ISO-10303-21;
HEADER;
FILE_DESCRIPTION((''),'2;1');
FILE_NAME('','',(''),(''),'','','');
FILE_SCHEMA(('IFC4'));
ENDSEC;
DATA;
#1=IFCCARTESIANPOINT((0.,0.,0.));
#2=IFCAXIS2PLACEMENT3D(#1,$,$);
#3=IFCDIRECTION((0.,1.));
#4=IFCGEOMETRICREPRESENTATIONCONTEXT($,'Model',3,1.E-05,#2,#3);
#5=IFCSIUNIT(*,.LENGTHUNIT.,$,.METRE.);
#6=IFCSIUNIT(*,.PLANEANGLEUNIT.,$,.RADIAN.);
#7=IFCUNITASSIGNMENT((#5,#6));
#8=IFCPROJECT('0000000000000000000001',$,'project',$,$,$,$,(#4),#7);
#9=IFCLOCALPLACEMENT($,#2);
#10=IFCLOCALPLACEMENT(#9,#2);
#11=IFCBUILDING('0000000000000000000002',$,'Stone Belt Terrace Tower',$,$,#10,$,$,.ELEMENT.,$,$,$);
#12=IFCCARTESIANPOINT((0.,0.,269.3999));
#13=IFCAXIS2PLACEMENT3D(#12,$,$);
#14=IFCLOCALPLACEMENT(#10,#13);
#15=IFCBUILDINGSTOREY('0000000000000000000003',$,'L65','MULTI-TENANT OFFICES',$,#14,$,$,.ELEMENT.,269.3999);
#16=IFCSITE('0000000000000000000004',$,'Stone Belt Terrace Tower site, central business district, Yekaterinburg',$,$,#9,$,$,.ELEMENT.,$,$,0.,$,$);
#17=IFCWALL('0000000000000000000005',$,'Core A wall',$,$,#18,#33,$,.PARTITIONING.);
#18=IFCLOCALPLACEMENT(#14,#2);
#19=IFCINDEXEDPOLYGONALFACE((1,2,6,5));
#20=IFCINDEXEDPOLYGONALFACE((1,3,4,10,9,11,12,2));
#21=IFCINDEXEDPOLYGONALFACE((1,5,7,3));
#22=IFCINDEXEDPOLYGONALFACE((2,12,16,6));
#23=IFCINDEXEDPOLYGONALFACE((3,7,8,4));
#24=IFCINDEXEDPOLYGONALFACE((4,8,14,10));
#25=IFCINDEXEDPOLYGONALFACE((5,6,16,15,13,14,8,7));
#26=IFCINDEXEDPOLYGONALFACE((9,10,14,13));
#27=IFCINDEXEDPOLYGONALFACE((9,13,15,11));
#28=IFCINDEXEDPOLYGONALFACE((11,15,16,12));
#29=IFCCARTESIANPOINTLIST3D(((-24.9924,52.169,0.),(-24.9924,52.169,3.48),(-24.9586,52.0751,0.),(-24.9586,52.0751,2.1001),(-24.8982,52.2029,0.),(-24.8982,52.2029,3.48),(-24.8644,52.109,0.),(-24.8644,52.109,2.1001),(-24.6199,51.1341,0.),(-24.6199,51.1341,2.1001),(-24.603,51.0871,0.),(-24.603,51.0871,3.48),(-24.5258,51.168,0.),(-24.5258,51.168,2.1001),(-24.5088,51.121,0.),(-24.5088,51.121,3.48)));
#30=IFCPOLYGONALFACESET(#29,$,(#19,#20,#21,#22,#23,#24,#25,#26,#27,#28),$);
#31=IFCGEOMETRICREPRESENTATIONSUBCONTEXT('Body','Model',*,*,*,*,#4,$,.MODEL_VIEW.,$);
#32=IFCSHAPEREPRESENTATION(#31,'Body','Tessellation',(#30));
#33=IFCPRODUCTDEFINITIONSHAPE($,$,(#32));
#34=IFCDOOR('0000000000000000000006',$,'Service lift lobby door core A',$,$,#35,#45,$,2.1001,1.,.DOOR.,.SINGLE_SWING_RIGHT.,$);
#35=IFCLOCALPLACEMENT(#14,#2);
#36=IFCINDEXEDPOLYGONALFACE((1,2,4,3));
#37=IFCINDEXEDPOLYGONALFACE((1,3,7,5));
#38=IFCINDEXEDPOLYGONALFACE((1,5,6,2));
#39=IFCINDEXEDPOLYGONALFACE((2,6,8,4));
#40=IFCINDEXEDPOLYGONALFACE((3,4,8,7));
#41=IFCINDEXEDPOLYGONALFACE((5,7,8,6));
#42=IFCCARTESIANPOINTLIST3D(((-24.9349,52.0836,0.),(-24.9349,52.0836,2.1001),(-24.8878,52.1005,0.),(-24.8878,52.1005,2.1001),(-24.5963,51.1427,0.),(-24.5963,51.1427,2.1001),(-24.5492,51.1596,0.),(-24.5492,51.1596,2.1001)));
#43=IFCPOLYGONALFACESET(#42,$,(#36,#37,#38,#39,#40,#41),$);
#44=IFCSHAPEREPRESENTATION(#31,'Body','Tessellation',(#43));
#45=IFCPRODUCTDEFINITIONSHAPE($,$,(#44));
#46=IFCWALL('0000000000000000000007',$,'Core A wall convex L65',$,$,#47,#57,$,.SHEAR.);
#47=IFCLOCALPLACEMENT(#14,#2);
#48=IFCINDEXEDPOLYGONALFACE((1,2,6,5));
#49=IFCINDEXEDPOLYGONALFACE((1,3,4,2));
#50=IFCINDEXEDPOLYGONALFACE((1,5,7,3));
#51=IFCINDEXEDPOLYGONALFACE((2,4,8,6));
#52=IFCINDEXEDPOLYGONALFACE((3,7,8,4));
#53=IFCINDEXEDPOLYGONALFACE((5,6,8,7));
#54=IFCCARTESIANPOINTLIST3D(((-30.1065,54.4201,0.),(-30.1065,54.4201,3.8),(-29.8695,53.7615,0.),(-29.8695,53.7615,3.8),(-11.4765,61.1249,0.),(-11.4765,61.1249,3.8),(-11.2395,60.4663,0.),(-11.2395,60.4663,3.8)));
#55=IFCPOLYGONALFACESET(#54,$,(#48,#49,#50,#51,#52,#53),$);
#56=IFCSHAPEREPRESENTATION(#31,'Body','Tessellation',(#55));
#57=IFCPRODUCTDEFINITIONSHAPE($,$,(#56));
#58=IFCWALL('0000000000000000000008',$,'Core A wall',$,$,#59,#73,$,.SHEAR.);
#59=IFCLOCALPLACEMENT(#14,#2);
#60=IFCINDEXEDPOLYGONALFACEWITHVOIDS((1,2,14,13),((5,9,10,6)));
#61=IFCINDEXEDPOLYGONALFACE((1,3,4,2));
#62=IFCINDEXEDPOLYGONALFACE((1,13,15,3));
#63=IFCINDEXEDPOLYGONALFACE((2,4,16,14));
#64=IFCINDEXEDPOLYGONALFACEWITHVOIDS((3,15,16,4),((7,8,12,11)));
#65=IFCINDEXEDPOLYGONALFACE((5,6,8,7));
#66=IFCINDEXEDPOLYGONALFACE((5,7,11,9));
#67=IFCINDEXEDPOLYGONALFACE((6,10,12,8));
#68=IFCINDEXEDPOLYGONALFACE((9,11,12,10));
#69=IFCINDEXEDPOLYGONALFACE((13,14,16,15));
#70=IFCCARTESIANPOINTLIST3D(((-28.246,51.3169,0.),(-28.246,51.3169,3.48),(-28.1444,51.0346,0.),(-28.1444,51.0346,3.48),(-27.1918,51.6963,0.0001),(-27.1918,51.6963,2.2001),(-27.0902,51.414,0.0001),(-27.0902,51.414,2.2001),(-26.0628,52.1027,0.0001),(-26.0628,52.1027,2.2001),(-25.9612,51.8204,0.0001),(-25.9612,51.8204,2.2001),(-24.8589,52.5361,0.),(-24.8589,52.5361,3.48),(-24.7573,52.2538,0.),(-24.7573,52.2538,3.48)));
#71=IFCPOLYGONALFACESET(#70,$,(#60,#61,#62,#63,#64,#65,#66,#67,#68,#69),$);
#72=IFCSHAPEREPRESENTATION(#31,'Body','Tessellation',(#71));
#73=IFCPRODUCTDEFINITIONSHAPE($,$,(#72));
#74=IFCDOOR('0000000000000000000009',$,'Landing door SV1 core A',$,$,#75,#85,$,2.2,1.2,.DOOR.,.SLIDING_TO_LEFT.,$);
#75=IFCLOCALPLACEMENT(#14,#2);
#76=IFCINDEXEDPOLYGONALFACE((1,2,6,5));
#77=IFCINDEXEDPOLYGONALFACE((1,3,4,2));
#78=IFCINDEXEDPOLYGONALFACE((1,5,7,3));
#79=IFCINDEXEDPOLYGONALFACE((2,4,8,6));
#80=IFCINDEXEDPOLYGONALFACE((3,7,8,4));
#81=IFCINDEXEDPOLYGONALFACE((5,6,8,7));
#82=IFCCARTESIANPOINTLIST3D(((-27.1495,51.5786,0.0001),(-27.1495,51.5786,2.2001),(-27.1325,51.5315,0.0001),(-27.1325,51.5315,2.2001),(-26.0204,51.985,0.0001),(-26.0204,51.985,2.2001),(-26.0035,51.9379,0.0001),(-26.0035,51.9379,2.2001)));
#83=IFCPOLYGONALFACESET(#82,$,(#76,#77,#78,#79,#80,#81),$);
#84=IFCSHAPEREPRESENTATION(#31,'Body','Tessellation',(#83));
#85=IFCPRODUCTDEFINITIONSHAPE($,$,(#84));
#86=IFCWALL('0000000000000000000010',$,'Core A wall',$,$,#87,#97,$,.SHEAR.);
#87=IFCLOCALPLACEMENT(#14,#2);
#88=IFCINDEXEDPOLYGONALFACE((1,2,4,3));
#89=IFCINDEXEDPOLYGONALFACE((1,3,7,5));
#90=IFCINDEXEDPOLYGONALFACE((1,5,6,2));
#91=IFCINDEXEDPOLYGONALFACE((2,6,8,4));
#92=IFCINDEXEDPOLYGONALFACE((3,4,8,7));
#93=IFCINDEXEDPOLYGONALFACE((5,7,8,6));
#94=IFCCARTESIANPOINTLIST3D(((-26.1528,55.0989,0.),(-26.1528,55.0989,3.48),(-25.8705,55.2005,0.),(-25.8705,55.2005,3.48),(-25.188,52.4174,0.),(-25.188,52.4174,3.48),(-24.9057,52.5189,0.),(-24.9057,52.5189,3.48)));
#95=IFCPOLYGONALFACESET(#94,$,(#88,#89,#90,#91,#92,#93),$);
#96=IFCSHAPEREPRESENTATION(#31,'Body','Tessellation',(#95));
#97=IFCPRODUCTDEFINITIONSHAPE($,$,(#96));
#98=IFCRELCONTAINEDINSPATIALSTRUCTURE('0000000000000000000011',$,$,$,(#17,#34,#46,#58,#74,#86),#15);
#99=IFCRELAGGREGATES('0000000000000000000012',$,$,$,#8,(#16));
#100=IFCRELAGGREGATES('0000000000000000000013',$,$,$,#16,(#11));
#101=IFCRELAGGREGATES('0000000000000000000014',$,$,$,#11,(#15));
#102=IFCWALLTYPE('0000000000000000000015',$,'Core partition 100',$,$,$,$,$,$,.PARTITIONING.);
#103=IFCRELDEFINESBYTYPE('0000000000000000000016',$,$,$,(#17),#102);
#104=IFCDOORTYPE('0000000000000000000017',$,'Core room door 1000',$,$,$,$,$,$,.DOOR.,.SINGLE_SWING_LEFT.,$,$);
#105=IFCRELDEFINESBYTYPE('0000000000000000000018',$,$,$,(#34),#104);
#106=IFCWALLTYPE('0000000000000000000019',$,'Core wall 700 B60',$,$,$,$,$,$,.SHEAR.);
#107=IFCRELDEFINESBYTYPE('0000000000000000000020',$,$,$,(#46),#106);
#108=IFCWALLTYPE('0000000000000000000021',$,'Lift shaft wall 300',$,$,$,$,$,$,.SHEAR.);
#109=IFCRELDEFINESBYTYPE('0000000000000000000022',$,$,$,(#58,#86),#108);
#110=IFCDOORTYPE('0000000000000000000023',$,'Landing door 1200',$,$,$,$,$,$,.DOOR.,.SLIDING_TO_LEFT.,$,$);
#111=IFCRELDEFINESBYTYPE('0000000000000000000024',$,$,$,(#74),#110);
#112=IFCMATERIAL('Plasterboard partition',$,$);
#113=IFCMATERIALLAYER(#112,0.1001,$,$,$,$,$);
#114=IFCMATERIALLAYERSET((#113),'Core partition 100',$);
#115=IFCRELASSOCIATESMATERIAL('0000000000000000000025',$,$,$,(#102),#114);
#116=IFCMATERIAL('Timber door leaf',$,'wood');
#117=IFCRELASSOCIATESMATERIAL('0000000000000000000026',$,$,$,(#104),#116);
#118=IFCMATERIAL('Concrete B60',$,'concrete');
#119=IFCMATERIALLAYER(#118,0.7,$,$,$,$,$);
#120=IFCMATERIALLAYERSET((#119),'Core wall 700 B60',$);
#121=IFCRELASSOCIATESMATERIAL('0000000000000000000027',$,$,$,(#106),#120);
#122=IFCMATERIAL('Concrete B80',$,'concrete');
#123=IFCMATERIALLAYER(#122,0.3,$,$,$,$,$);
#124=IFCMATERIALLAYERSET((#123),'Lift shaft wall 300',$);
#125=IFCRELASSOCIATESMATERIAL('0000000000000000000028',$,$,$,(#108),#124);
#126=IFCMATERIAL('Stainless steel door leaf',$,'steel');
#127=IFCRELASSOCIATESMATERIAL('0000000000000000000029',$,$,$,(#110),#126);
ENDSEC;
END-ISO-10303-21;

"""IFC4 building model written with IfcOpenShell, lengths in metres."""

from ifc_helpers import new_model, si_unit, direction, frame, frame_2d, origin, place, context, subcontext, project, spatial, rectangle, extrude, material, layer, layer_set, type_object, element, fill, save


model = new_model("IFC4")

# Units and contexts
model_context = context("Model", 3, precision=1e-05, world=origin(), true_north=direction((0.0, 1.0)))
body_context = subcontext(model_context, "Body", "Model", "MODEL_VIEW")
ifc_project = project(units=[si_unit("LENGTHUNIT", "METRE"), si_unit("PLANEANGLEUNIT", "RADIAN")], contexts=[model_context])

# Site, building, storey
site_placement = place(None, origin())
site = spatial("IfcSite", under=ifc_project, at=site_placement, Name="Stone Belt Terrace Tower site, central business district, Yekaterinburg", CompositionType="ELEMENT", RefElevation=0.0)
building_placement = place(site_placement, origin())
building = spatial("IfcBuilding", under=site, at=building_placement, Name="Stone Belt Terrace Tower", CompositionType="ELEMENT")
storey_placement = place(building_placement, frame((0.0, 0.0, 269.3999)))
storey = spatial("IfcBuildingStorey", under=building, at=storey_placement, Name="L65", Description="MULTI-TENANT OFFICES", CompositionType="ELEMENT", Elevation=269.3999)

# Shared definitions
ifc_material_1 = material(Name="Concrete B60", Category="concrete")

# Wall, opening, door
ifc_material_2 = material(Name="Plasterboard partition")
ifc_layer_1 = layer(ifc_material_2, 0.1001)
ifc_layer_set_1 = layer_set([ifc_layer_1], Name="Core partition 100")
wall_type_1 = type_object("IfcWallType", Name="Core partition 100", PredefinedType="PARTITIONING", material=ifc_layer_set_1)
wall_1_placement = place(storey_placement, frame((-24.5559, 51.104, 0.0), z_axis=(0.0, 0.0, 1.0), x_axis=(-0.338622, 0.940923, 0.0)))
wall_1 = element("IfcWall", 1, at=wall_1_placement, inside=storey, type_object=wall_type_1, Name="Core A wall", PredefinedType="PARTITIONING", context=body_context, shape_type="SweptSolid", body=[
    extrude(rectangle(XDim=1.1499, YDim=0.1001, at=frame_2d((0.575, 0.0))), origin(), (0.0, 0.0, 1.0), 3.48),
])
opening_1_placement = place(wall_1_placement, frame((0.05, 0.0, 0.0)))
opening_1 = element("IfcOpeningElement", 2, at=opening_1_placement, cuts=wall_1, PredefinedType="OPENING", context=body_context, shape_type="SweptSolid", body=[
    extrude(rectangle(XDim=1.0, YDim=2.1001, at=frame_2d((0.5, 1.05))), frame((0.0, 0.0601, 0.0), z_axis=(0.0, -1.0, 0.0), x_axis=(1.0, 0.0, 0.0)), (0.0, 0.0, 1.0), 0.1201),
])
ifc_material_3 = material(Name="Timber door leaf", Category="wood")
door_type_1 = type_object("IfcDoorType", Name="Core room door 1000", OperationType="SINGLE_SWING_LEFT", PredefinedType="DOOR", material=ifc_material_3)
door_1_placement = place(opening_1_placement, origin())
door_1 = element("IfcDoor", 3, at=door_1_placement, inside=storey, type_object=door_type_1, Name="Service lift lobby door core A", OperationType="SINGLE_SWING_RIGHT", OverallHeight=2.1001, OverallWidth=1.0, PredefinedType="DOOR", context=body_context, shape_type="SweptSolid", body=[
    extrude(rectangle(XDim=1.0, YDim=2.1001, at=frame_2d((0.5, 1.05))), frame((0.0, 0.0249, 0.0), z_axis=(0.0, -1.0, 0.0), x_axis=(1.0, 0.0, 0.0)), (0.0, 0.0, 1.0), 0.05),
])
fill(opening_1, door_1)

# Wall
ifc_layer_2 = layer(ifc_material_1, 0.7)
ifc_layer_set_2 = layer_set([ifc_layer_2], Name="Core wall 700 B60")
wall_type_2 = type_object("IfcWallType", Name="Core wall 700 B60", PredefinedType="SHEAR", material=ifc_layer_set_2)
wall_2_placement = place(storey_placement, frame((-29.988, 54.0908, 0.0), z_axis=(0.0, 0.0, 1.0), x_axis=(0.94092, 0.33863, 0.0)))
element("IfcWall", 4, at=wall_2_placement, inside=storey, type_object=wall_type_2, Name="Core A wall convex L65", PredefinedType="SHEAR", context=body_context, shape_type="SweptSolid", body=[
    extrude(rectangle(XDim=19.7998, YDim=0.7, at=frame_2d((9.8999, 0.0))), origin(), (0.0, 0.0, 1.0), 3.8),
])

# Wall, opening, door
ifc_material_4 = material(Name="Concrete B80", Category="concrete")
ifc_layer_3 = layer(ifc_material_4, 0.3)
ifc_layer_set_3 = layer_set([ifc_layer_3], Name="Lift shaft wall 300")
wall_type_3 = type_object("IfcWallType", Name="Lift shaft wall 300", PredefinedType="SHEAR", material=ifc_layer_set_3)
wall_3_placement = place(storey_placement, frame((-28.1951, 51.1758, 0.0), z_axis=(0.0, 0.0, 1.0), x_axis=(0.940901, 0.338681, 0.0)))
wall_3 = element("IfcWall", 5, at=wall_3_placement, inside=storey, type_object=wall_type_3, Name="Core A wall", PredefinedType="SHEAR", context=body_context, shape_type="SweptSolid", body=[
    extrude(rectangle(XDim=3.5999, YDim=0.3, at=frame_2d((1.7998, 0.0))), origin(), (0.0, 0.0, 1.0), 3.48),
])
opening_2_placement = place(wall_3_placement, frame((1.1201, 0.0, 0.0)))
opening_2 = element("IfcOpeningElement", 6, at=opening_2_placement, cuts=wall_3, PredefinedType="OPENING", context=body_context, shape_type="SweptSolid", body=[
    extrude(rectangle(XDim=1.2, YDim=2.2, at=frame_2d((0.6001, 1.1001))), frame((0.0, 0.1599, 0.0), z_axis=(0.0, -1.0, 0.0), x_axis=(1.0, 0.0, 0.0)), (0.0, 0.0, 1.0), 0.3201),
])
ifc_material_5 = material(Name="Stainless steel door leaf", Category="steel")
door_type_2 = type_object("IfcDoorType", Name="Landing door 1200", OperationType="SLIDING_TO_LEFT", PredefinedType="DOOR", material=ifc_material_5)
door_2_placement = place(opening_2_placement, origin())
door_2 = element("IfcDoor", 7, at=door_2_placement, inside=storey, type_object=door_type_2, Name="Landing door SV1 core A", OperationType="SLIDING_TO_LEFT", OverallHeight=2.2, OverallWidth=1.2, PredefinedType="DOOR", context=body_context, shape_type="SweptSolid", body=[
    extrude(rectangle(XDim=1.2, YDim=2.2, at=frame_2d((0.6001, 1.1001))), frame((0.0, 0.0249, 0.0), z_axis=(0.0, -1.0, 0.0), x_axis=(1.0, 0.0, 0.0)), (0.0, 0.0, 1.0), 0.05),
])
fill(opening_2, door_2)

# Wall
wall_4_placement = place(storey_placement, frame((-25.0469, 52.4683, 0.0), z_axis=(0.0, 0.0, 1.0), x_axis=(-0.33855, 0.940949, 0.0)))
element("IfcWall", 8, at=wall_4_placement, inside=storey, type_object=wall_type_3, Name="Core A wall", PredefinedType="SHEAR", context=body_context, shape_type="SweptSolid", body=[
    extrude(rectangle(XDim=2.8499, YDim=0.3, at=frame_2d((1.4248, 0.0))), origin(), (0.0, 0.0, 1.0), 3.48),
])

save(model, "model.ifc")
